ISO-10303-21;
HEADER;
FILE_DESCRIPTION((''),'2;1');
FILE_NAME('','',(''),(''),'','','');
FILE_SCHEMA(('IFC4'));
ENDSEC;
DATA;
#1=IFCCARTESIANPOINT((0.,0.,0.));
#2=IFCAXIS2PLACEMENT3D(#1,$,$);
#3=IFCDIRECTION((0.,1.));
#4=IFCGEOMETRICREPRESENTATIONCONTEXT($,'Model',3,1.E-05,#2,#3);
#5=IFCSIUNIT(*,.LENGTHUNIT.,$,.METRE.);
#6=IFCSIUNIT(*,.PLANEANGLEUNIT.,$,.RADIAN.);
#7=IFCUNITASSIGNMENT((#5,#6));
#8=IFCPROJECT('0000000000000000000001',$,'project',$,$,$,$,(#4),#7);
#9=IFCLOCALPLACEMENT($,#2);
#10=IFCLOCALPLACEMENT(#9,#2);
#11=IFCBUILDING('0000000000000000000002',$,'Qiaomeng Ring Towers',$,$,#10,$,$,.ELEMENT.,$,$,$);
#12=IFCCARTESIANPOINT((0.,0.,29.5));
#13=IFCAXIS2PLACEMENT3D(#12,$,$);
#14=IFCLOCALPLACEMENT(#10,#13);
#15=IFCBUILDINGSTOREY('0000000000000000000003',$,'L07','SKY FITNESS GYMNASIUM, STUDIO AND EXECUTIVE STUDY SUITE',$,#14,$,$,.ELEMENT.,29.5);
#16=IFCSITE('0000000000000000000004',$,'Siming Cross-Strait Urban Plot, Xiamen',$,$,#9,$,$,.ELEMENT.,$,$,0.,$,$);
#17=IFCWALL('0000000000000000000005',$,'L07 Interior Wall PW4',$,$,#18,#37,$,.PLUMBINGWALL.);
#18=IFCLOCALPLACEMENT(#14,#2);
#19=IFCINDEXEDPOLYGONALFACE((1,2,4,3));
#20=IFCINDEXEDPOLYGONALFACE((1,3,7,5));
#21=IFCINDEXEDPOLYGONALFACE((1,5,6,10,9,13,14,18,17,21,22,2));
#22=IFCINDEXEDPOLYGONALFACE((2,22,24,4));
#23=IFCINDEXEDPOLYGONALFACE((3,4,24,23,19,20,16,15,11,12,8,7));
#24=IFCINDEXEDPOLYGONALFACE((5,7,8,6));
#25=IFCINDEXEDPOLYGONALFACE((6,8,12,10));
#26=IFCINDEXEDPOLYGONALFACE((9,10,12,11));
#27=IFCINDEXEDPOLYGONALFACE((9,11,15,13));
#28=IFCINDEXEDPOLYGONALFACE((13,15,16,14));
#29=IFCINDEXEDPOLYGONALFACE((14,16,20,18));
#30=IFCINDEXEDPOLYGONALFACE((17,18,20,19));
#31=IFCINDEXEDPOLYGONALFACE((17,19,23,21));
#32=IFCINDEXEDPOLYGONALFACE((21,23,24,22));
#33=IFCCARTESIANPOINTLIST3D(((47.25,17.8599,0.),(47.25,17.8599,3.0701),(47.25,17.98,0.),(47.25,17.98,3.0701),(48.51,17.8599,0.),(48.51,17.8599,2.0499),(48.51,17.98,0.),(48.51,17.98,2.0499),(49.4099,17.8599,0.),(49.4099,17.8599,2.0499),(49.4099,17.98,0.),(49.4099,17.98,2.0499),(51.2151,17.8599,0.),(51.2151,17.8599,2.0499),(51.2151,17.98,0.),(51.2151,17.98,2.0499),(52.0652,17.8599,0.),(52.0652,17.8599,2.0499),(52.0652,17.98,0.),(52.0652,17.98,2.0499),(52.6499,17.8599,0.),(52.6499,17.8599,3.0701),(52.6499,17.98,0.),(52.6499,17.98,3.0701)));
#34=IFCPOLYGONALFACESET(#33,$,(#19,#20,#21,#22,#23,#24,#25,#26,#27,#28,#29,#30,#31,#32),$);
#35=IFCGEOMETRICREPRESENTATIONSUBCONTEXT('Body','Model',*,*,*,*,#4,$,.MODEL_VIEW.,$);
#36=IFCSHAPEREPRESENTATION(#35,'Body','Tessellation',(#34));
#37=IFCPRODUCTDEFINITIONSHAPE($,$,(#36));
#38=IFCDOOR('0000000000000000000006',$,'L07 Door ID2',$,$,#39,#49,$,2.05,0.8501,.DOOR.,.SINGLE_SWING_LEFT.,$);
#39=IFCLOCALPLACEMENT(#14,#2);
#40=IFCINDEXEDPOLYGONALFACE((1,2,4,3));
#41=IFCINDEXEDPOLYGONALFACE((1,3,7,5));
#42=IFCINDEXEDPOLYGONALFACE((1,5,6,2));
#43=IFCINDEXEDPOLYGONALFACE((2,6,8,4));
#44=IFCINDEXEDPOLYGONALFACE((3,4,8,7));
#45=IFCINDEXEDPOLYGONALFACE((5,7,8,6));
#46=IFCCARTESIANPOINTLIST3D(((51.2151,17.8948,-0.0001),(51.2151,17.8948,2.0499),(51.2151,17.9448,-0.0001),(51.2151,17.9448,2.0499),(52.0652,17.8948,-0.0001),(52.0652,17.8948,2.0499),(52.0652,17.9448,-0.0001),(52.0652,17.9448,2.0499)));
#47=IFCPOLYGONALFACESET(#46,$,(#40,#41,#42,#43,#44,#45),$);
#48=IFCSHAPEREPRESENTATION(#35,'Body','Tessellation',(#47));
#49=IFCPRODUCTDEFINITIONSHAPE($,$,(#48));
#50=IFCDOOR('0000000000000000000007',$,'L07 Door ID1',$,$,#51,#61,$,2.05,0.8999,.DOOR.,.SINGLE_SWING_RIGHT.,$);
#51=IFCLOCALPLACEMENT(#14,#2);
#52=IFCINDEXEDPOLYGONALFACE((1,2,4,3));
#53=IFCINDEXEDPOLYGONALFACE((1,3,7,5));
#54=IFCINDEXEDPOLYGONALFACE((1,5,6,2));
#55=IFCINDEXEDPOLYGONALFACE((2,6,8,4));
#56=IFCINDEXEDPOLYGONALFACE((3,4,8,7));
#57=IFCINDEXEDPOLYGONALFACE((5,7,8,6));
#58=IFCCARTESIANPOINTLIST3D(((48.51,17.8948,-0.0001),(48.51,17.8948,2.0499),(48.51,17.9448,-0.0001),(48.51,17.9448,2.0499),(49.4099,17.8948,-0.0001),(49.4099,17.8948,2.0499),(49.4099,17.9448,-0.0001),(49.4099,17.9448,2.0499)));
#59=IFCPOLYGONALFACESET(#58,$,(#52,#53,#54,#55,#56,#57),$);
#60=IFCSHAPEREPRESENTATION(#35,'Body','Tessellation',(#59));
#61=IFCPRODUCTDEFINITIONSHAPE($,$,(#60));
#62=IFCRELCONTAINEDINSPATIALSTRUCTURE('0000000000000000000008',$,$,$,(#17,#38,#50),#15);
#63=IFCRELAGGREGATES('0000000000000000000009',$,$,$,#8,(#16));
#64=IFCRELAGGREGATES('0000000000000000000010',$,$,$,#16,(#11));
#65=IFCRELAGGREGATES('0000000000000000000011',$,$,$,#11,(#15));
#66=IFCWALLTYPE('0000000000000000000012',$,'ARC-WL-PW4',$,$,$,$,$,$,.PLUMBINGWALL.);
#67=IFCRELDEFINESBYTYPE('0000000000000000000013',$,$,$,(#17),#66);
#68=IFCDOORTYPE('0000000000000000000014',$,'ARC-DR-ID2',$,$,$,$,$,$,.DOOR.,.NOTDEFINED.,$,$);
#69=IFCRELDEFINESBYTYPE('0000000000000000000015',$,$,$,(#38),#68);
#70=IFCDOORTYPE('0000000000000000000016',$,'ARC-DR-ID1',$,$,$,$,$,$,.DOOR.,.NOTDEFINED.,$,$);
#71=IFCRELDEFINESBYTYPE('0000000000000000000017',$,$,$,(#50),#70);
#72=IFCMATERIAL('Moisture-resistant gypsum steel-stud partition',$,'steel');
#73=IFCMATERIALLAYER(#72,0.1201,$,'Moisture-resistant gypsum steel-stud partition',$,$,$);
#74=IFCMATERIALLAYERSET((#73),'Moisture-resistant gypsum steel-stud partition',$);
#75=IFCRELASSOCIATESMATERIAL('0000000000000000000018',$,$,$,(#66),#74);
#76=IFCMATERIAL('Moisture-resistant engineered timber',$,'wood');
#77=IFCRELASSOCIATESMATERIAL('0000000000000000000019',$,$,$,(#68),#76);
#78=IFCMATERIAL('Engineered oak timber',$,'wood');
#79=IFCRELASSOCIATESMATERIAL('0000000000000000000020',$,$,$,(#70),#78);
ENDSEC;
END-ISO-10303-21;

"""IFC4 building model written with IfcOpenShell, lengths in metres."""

from ifc_helpers import new_model, si_unit, direction, frame, frame_2d, origin, place, context, subcontext, project, spatial, rectangle, extrude, source, transform, mapped, material, layer, layer_set, type_object, element, fill, save


model = new_model("IFC4")

# Units and contexts
model_context = context("Model", 3, precision=1e-05, world=origin(), true_north=direction((0.0, 1.0)))
body_context = subcontext(model_context, "Body", "Model", "MODEL_VIEW")
ifc_project = project(units=[si_unit("LENGTHUNIT", "METRE"), si_unit("PLANEANGLEUNIT", "RADIAN")], contexts=[model_context])

# Site, building, storey
site_placement = place(None, origin())
site = spatial("IfcSite", under=ifc_project, at=site_placement, Name="Siming Cross-Strait Urban Plot, Xiamen", CompositionType="ELEMENT", RefElevation=0.0)
building_placement = place(site_placement, origin())
building = spatial("IfcBuilding", under=site, at=building_placement, Name="Qiaomeng Ring Towers", CompositionType="ELEMENT")
storey_placement = place(building_placement, frame((0.0, 0.0, 29.5)))
storey = spatial("IfcBuildingStorey", under=building, at=storey_placement, Name="L07", Description="SKY FITNESS GYMNASIUM, STUDIO AND EXECUTIVE STUDY SUITE", CompositionType="ELEMENT", Elevation=29.5)

# Wall, openings, doors
ifc_material_1 = material(Name="Moisture-resistant gypsum steel-stud partition", Category="steel")
ifc_layer_1 = layer(ifc_material_1, 0.1201, Name="Moisture-resistant gypsum steel-stud partition")
ifc_layer_set_1 = layer_set([ifc_layer_1], Name="Moisture-resistant gypsum steel-stud partition")
wall_type_1 = type_object("IfcWallType", Name="ARC-WL-PW4", PredefinedType="PLUMBINGWALL", material=ifc_layer_set_1)
wall_1_placement = place(storey_placement, frame((47.25, 17.9199, 0.0), z_axis=(0.0, 0.0, 1.0), x_axis=(1.0, 0.0, 0.0)))
wall_1 = element("IfcWall", 1, at=wall_1_placement, inside=storey, type_object=wall_type_1, Name="L07 Interior Wall PW4", PredefinedType="PLUMBINGWALL", context=body_context, shape_type="SweptSolid", body=[
    extrude(rectangle(XDim=5.3999, YDim=0.1201, at=frame_2d((2.7, 0.0))), origin(), (0.0, 0.0, 1.0), 3.0701),
])
opening_1_placement = place(wall_1_placement, frame((1.26, 0.0, 0.0)))
opening_1 = element("IfcOpeningElement", 2, at=opening_1_placement, cuts=wall_1, PredefinedType="OPENING", context=body_context, shape_type="SweptSolid", body=[
    extrude(rectangle(XDim=0.8999, YDim=2.05, at=frame_2d((0.45, 1.0249))), frame((0.0, 0.0701, 0.0), z_axis=(0.0, -1.0, 0.0), x_axis=(1.0, 0.0, 0.0)), (0.0, 0.0, 1.0), 0.1401),
])
opening_2_placement = place(wall_1_placement, frame((3.9651, 0.0, 0.0)))
opening_2 = element("IfcOpeningElement", 3, at=opening_2_placement, cuts=wall_1, PredefinedType="OPENING", context=body_context, shape_type="SweptSolid", body=[
    extrude(rectangle(XDim=0.8501, YDim=2.05, at=frame_2d((0.425, 1.0249))), frame((0.0, 0.0701, 0.0), z_axis=(0.0, -1.0, 0.0), x_axis=(1.0, 0.0, 0.0)), (0.0, 0.0, 1.0), 0.1401),
])
ifc_material_2 = material(Name="Moisture-resistant engineered timber", Category="wood")
door_type_1 = type_object("IfcDoorType", Name="ARC-DR-ID2", OperationType="NOTDEFINED", PredefinedType="DOOR", material=ifc_material_2)
shared_shape_1 = source(origin(), body_context, "Body", "SweptSolid", [
    extrude(rectangle(XDim=0.8501, YDim=2.05, at=frame_2d((0.425, 1.0249))), frame((0.0, 0.0249, 0.0), z_axis=(0.0, -1.0, 0.0), x_axis=(1.0, 0.0, 0.0)), (0.0, 0.0, 1.0), 0.05),
])
door_1_placement = place(opening_2_placement, origin())
door_1 = element("IfcDoor", 4, at=door_1_placement, inside=storey, type_object=door_type_1, Name="L07 Door ID2", OperationType="SINGLE_SWING_LEFT", OverallHeight=2.05, OverallWidth=0.8501, PredefinedType="DOOR", context=body_context, shape_type="MappedRepresentation", body=[
    mapped(shared_shape_1, transform((0.0, 0.0, 0.0), x_axis=(1.0, 0.0, 0.0), y_axis=(0.0, 1.0, 0.0), z_axis=(0.0, 0.0, 1.0), scale=1.0)),
])
fill(opening_2, door_1)
ifc_material_3 = material(Name="Engineered oak timber", Category="wood")
door_type_2 = type_object("IfcDoorType", Name="ARC-DR-ID1", OperationType="NOTDEFINED", PredefinedType="DOOR", material=ifc_material_3)
shared_shape_2 = source(origin(), body_context, "Body", "SweptSolid", [
    extrude(rectangle(XDim=0.8999, YDim=2.05, at=frame_2d((0.45, 1.0249))), frame((0.0, 0.0249, 0.0), z_axis=(0.0, -1.0, 0.0), x_axis=(1.0, 0.0, 0.0)), (0.0, 0.0, 1.0), 0.05),
])
door_2_placement = place(opening_1_placement, origin())
door_2 = element("IfcDoor", 5, at=door_2_placement, inside=storey, type_object=door_type_2, Name="L07 Door ID1", OperationType="SINGLE_SWING_RIGHT", OverallHeight=2.05, OverallWidth=0.8999, PredefinedType="DOOR", context=body_context, shape_type="MappedRepresentation", body=[
    mapped(shared_shape_2, transform((0.0, 0.0, 0.0), x_axis=(1.0, 0.0, 0.0), y_axis=(0.0, 1.0, 0.0), z_axis=(0.0, 0.0, 1.0), scale=1.0)),
])
fill(opening_1, door_2)

save(model, "model.ifc")
